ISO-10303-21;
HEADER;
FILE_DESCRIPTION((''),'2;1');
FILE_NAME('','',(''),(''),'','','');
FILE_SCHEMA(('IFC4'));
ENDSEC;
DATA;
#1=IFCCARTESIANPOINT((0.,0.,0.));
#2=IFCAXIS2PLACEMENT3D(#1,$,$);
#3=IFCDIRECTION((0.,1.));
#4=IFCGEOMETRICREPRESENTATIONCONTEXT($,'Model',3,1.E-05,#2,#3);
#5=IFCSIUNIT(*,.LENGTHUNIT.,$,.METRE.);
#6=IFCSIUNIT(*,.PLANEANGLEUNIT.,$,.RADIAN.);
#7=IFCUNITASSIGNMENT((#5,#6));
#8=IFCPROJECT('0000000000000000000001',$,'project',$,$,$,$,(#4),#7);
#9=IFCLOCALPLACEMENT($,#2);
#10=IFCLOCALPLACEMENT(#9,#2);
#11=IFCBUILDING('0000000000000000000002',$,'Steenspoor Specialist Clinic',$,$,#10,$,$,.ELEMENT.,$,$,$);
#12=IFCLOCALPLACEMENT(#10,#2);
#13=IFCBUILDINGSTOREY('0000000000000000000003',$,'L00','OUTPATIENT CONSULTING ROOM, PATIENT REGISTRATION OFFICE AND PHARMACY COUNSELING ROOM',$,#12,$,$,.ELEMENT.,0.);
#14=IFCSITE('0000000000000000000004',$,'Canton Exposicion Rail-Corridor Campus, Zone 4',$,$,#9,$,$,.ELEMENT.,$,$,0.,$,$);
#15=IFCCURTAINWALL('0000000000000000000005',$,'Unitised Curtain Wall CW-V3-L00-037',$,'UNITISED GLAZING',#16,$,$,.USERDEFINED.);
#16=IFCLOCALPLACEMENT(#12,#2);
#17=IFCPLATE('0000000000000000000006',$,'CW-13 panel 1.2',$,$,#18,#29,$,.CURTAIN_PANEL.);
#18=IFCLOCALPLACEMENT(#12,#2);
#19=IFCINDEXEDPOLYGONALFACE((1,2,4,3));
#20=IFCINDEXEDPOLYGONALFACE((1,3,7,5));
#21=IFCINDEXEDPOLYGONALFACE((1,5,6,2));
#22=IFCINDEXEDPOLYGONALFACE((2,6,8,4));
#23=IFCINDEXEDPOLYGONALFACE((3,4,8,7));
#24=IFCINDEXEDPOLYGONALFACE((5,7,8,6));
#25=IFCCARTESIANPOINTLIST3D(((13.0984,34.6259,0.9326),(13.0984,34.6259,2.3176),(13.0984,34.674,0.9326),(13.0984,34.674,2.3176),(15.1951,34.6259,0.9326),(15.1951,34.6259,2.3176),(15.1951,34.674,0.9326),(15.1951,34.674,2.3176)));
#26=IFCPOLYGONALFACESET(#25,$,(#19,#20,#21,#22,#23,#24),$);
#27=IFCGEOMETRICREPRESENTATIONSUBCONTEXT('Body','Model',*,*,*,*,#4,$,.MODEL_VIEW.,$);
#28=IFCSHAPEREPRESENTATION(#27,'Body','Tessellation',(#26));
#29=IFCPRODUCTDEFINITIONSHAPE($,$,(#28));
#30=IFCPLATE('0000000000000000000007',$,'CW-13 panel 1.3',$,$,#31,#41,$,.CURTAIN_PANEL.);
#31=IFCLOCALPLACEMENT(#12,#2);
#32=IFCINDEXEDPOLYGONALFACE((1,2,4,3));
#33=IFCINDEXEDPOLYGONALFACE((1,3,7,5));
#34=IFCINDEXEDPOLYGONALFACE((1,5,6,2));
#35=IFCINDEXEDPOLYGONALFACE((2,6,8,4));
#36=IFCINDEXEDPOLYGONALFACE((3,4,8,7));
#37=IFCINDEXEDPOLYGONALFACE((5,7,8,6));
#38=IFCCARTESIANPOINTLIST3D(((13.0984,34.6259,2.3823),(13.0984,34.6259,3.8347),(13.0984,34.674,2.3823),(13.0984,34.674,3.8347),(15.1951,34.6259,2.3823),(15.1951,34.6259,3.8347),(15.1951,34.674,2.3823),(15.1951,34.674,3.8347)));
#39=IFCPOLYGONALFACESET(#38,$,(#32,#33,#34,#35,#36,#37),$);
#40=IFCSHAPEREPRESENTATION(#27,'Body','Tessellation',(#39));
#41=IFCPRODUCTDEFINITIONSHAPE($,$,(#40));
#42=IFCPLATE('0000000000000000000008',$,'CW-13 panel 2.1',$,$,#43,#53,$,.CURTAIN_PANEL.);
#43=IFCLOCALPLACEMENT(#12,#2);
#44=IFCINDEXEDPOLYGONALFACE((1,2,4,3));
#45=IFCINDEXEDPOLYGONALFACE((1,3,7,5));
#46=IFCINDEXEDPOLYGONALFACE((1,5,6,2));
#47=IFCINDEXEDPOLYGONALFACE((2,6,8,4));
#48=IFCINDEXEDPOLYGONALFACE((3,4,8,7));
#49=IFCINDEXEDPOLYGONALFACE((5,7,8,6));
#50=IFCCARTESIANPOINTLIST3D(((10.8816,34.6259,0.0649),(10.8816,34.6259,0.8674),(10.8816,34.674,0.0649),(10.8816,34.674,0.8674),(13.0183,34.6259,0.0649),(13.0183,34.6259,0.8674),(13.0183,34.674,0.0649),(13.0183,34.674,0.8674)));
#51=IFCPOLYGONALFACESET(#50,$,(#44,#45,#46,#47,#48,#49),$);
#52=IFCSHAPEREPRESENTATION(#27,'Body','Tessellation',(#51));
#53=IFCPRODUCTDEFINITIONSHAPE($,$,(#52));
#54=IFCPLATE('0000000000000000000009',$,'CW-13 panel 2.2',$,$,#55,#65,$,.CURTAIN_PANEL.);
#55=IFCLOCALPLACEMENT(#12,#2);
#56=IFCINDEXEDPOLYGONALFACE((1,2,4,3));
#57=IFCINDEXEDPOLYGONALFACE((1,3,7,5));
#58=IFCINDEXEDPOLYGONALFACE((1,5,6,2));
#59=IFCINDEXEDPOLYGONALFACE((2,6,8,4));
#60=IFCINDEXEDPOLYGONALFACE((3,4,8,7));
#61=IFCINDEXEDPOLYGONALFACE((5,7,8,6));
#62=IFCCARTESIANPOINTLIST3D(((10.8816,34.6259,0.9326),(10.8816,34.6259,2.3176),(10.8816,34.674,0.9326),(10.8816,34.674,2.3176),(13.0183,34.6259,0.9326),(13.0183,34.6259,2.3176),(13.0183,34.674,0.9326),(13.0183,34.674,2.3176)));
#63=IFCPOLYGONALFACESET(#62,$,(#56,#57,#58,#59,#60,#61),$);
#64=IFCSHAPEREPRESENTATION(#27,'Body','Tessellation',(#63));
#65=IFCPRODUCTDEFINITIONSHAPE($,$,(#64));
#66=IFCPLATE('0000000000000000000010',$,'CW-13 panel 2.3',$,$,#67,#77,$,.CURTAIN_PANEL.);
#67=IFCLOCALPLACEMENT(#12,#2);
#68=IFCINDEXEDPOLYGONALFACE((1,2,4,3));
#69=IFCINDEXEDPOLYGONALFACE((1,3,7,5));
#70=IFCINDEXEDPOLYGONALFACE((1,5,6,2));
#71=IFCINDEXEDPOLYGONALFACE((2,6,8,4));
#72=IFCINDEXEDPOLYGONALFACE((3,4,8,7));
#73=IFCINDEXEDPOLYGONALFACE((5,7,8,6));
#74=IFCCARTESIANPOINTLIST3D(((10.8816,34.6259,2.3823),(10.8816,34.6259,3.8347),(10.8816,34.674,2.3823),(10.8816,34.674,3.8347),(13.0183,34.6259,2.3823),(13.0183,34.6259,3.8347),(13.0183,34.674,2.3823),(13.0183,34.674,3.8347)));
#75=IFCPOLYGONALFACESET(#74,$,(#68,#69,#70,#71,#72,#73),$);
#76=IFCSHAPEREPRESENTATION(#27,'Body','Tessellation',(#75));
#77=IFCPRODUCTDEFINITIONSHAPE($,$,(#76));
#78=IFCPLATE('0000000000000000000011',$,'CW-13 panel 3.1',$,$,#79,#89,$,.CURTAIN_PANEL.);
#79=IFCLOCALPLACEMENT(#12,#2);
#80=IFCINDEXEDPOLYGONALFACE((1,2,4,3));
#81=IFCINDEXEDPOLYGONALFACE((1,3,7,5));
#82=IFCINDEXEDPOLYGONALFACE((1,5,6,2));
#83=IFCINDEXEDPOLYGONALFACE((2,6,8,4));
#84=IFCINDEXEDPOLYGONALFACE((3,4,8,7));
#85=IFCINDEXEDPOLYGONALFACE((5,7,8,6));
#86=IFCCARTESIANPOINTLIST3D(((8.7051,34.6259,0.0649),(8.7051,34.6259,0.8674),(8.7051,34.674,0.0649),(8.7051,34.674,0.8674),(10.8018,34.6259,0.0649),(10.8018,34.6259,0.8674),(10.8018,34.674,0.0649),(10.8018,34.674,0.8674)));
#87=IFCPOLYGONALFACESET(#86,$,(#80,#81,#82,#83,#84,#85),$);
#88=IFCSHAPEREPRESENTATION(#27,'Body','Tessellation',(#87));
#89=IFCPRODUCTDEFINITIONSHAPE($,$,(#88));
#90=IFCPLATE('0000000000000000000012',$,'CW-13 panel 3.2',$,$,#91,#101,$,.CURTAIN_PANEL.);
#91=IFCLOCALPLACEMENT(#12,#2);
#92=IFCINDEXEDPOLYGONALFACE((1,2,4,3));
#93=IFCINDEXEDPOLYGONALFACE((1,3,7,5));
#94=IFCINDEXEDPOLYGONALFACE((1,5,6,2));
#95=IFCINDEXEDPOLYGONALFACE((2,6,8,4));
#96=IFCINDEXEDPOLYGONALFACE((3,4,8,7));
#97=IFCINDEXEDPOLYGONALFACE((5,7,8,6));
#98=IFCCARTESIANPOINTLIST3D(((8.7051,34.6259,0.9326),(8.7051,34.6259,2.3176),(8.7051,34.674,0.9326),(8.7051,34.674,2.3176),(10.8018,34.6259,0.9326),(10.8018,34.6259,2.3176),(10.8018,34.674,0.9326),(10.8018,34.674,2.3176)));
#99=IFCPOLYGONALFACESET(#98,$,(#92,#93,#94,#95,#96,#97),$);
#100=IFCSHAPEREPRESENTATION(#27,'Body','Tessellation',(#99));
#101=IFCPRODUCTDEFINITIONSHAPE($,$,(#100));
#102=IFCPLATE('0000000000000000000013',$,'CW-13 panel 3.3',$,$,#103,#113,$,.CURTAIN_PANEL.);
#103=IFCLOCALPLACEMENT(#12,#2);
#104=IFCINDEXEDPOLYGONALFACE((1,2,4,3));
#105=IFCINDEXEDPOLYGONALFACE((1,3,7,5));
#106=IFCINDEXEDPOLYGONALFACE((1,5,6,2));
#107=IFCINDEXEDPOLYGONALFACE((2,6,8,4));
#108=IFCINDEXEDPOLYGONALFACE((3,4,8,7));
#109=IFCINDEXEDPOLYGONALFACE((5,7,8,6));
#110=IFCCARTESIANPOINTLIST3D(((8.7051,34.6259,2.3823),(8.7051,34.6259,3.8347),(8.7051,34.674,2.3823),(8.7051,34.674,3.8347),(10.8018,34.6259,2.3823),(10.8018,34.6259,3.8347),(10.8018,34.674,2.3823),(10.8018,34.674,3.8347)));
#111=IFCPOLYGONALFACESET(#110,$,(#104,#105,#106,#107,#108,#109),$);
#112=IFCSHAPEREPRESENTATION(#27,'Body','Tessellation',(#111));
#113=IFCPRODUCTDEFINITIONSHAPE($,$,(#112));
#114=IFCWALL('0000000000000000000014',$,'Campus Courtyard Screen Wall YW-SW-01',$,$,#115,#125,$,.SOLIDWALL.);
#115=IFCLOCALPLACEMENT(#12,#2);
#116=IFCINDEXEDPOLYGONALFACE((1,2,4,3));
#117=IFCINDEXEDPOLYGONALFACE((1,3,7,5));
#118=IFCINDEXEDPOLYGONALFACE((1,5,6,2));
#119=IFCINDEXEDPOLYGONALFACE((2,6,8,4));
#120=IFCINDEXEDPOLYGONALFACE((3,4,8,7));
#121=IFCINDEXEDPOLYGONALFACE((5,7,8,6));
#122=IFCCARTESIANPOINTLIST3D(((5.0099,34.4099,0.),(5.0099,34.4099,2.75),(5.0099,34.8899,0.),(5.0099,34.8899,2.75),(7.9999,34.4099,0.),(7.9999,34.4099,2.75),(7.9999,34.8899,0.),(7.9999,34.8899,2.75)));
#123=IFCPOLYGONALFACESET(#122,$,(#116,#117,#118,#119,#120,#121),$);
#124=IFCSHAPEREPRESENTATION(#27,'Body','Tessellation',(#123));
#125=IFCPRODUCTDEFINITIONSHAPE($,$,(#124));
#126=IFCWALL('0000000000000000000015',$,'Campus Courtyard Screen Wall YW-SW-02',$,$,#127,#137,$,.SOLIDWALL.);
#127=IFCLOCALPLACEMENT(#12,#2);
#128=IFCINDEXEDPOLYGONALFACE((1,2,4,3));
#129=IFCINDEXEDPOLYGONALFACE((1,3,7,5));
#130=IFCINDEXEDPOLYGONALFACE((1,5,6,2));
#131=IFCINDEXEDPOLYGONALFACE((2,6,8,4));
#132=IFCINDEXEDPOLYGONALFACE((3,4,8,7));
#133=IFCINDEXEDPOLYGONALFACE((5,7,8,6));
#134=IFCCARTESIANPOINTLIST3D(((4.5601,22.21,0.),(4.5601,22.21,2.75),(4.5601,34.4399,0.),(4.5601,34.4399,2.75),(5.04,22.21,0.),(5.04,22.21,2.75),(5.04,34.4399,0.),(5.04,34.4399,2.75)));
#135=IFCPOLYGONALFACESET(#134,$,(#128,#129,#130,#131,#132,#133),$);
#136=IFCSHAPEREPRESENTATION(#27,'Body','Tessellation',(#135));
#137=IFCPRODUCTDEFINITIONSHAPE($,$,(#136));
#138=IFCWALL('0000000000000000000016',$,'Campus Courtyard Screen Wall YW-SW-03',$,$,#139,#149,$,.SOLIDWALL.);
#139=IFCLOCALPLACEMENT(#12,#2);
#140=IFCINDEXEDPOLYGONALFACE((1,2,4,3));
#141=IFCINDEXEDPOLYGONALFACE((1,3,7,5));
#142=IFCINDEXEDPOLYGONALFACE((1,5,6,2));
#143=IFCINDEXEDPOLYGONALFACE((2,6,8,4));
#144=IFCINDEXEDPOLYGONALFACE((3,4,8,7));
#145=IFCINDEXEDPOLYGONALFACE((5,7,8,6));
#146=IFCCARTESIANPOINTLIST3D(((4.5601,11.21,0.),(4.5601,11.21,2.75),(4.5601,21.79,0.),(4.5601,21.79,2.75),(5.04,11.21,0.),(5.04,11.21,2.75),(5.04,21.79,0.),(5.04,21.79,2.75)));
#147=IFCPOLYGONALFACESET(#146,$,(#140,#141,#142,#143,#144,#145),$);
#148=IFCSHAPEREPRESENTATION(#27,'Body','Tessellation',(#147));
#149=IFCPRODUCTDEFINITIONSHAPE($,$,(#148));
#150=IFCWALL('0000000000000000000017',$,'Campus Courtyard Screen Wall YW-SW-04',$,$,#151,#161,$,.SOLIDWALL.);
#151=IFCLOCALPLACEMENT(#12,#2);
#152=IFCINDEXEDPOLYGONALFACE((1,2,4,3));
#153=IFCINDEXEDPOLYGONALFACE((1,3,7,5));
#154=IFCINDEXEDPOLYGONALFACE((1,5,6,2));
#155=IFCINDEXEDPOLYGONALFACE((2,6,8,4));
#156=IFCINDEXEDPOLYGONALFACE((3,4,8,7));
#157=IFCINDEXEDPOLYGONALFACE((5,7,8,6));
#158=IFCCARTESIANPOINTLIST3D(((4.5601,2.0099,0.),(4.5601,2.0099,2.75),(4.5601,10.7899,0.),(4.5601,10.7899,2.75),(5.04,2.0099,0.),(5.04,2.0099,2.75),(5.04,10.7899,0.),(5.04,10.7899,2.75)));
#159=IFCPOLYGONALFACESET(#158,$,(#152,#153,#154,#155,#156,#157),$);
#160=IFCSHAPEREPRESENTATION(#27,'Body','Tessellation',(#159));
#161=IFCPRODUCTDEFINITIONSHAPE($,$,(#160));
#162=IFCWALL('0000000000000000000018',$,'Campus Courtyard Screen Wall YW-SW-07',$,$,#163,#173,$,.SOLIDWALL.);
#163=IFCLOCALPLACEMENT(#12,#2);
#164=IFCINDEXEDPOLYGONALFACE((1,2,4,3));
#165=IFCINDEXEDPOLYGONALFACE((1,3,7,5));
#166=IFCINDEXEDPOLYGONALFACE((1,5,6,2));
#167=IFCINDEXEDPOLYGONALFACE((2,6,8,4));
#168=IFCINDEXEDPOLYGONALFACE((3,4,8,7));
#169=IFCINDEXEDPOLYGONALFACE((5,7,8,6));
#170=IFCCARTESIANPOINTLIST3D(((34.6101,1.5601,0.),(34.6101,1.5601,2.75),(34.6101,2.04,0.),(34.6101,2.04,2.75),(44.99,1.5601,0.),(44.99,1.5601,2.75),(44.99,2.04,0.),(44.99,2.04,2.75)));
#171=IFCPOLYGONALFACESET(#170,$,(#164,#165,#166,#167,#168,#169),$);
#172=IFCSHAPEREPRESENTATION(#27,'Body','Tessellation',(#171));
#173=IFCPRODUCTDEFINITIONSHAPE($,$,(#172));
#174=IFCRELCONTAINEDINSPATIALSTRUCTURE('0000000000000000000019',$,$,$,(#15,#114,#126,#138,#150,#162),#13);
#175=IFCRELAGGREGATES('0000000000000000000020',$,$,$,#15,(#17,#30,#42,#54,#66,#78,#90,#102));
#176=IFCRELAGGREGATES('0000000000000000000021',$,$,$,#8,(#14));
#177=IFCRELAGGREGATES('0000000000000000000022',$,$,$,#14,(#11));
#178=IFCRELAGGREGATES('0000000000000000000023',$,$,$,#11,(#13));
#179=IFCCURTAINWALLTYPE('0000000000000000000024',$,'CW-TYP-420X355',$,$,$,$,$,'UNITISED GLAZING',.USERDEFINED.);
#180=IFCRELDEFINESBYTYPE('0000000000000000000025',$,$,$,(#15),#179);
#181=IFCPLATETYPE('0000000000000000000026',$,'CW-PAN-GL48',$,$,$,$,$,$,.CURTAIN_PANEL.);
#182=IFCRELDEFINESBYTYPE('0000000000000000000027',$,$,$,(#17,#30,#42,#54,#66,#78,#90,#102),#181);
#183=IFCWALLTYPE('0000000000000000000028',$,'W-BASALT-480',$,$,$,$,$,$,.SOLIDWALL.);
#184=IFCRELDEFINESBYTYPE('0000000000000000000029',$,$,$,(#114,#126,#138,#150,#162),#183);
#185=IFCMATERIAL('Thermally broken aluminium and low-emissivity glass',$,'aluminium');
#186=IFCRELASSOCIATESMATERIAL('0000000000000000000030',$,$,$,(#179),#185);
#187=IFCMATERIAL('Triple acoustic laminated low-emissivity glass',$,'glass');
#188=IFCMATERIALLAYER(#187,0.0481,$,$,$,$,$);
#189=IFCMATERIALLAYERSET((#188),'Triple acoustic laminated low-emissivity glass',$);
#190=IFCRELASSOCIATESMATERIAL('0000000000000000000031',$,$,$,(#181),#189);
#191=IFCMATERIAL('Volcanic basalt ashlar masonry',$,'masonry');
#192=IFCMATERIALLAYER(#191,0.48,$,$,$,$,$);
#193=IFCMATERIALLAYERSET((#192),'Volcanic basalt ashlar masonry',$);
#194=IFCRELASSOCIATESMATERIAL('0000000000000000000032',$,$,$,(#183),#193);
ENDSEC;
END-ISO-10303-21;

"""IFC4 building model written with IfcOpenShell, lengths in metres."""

from ifc_helpers import new_model, si_unit, direction, frame, frame_2d, origin, origin_2d, place, context, subcontext, project, spatial, rectangle, extrude, material, layer, layer_set, type_object, element, aggregate, save


model = new_model("IFC4")

# Units and contexts
model_context = context("Model", 3, precision=1e-05, world=origin(), true_north=direction((0.0, 1.0)))
body_context = subcontext(model_context, "Body", "Model", "MODEL_VIEW")
ifc_project = project(units=[si_unit("LENGTHUNIT", "METRE"), si_unit("PLANEANGLEUNIT", "RADIAN")], contexts=[model_context])

# Site, building, storey
site_placement = place(None, origin())
site = spatial("IfcSite", under=ifc_project, at=site_placement, Name="Canton Exposicion Rail-Corridor Campus, Zone 4", CompositionType="ELEMENT", RefElevation=0.0)
building_placement = place(site_placement, origin())
building = spatial("IfcBuilding", under=site, at=building_placement, Name="Steenspoor Specialist Clinic", CompositionType="ELEMENT")
storey_placement = place(building_placement, origin())
storey = spatial("IfcBuildingStorey", under=building, at=storey_placement, Name="L00", Description="OUTPATIENT CONSULTING ROOM, PATIENT REGISTRATION OFFICE AND PHARMACY COUNSELING ROOM", CompositionType="ELEMENT", Elevation=0.0)

# Curtain wall
ifc_material_1 = material(Name="Thermally broken aluminium and low-emissivity glass", Category="aluminium")
curtain_wall_type = type_object("IfcCurtainWallType", Name="CW-TYP-420X355", ElementType="UNITISED GLAZING", PredefinedType="USERDEFINED", material=ifc_material_1)
curtain_wall_placement = place(storey_placement, origin())
curtain_wall = element("IfcCurtainWall", 1, at=curtain_wall_placement, inside=storey, type_object=curtain_wall_type, Name="Unitised Curtain Wall CW-V3-L00-037", ObjectType="UNITISED GLAZING", PredefinedType="USERDEFINED")

# Plates
ifc_material_2 = material(Name="Triple acoustic laminated low-emissivity glass", Category="glass")
ifc_layer_1 = layer(ifc_material_2, 0.0481)
ifc_layer_set_1 = layer_set([ifc_layer_1], Name="Triple acoustic laminated low-emissivity glass")
plate_type = type_object("IfcPlateType", Name="CW-PAN-GL48", PredefinedType="CURTAIN_PANEL", material=ifc_layer_set_1)
plate_1_placement = place(storey_placement, frame((14.1467, 34.6499, 0.9326), z_axis=(0.0, 0.0, 1.0), x_axis=(-1.0, 0.0, 0.0)))
plate_1 = element("IfcPlate", 2, at=plate_1_placement, type_object=plate_type, Name="CW-13 panel 1.2", PredefinedType="CURTAIN_PANEL", context=body_context, shape_type="SweptSolid", body=[
    extrude(rectangle(XDim=2.0967, YDim=0.0481, at=origin_2d()), origin(), (0.0, 0.0, 1.0), 1.385),
])
plate_2_placement = place(storey_placement, frame((14.1467, 34.6499, 2.3823), z_axis=(0.0, 0.0, 1.0), x_axis=(-1.0, 0.0, 0.0)))
plate_2 = element("IfcPlate", 3, at=plate_2_placement, type_object=plate_type, Name="CW-13 panel 1.3", PredefinedType="CURTAIN_PANEL", context=body_context, shape_type="SweptSolid", body=[
    extrude(rectangle(XDim=2.0967, YDim=0.0481, at=origin_2d()), origin(), (0.0, 0.0, 1.0), 1.4524),
])
plate_3_placement = place(storey_placement, frame((11.95, 34.6499, 0.0649), z_axis=(0.0, 0.0, 1.0), x_axis=(-1.0, 0.0, 0.0)))
plate_3 = element("IfcPlate", 4, at=plate_3_placement, type_object=plate_type, Name="CW-13 panel 2.1", PredefinedType="CURTAIN_PANEL", context=body_context, shape_type="SweptSolid", body=[
    extrude(rectangle(XDim=2.1367, YDim=0.0481, at=origin_2d()), origin(), (0.0, 0.0, 1.0), 0.8025),
])
plate_4_placement = place(storey_placement, frame((11.95, 34.6499, 0.9326), z_axis=(0.0, 0.0, 1.0), x_axis=(-1.0, 0.0, 0.0)))
plate_4 = element("IfcPlate", 5, at=plate_4_placement, type_object=plate_type, Name="CW-13 panel 2.2", PredefinedType="CURTAIN_PANEL", context=body_context, shape_type="SweptSolid", body=[
    extrude(rectangle(XDim=2.1367, YDim=0.0481, at=origin_2d()), origin(), (0.0, 0.0, 1.0), 1.385),
])
plate_5_placement = place(storey_placement, frame((11.95, 34.6499, 2.3823), z_axis=(0.0, 0.0, 1.0), x_axis=(-1.0, 0.0, 0.0)))
plate_5 = element("IfcPlate", 6, at=plate_5_placement, type_object=plate_type, Name="CW-13 panel 2.3", PredefinedType="CURTAIN_PANEL", context=body_context, shape_type="SweptSolid", body=[
    extrude(rectangle(XDim=2.1367, YDim=0.0481, at=origin_2d()), origin(), (0.0, 0.0, 1.0), 1.4524),
])
plate_6_placement = place(storey_placement, frame((9.7534, 34.6499, 0.0649), z_axis=(0.0, 0.0, 1.0), x_axis=(-1.0, 0.0, 0.0)))
plate_6 = element("IfcPlate", 7, at=plate_6_placement, type_object=plate_type, Name="CW-13 panel 3.1", PredefinedType="CURTAIN_PANEL", context=body_context, shape_type="SweptSolid", body=[
    extrude(rectangle(XDim=2.0967, YDim=0.0481, at=origin_2d()), origin(), (0.0, 0.0, 1.0), 0.8025),
])
plate_7_placement = place(storey_placement, frame((9.7534, 34.6499, 0.9326), z_axis=(0.0, 0.0, 1.0), x_axis=(-1.0, 0.0, 0.0)))
plate_7 = element("IfcPlate", 8, at=plate_7_placement, type_object=plate_type, Name="CW-13 panel 3.2", PredefinedType="CURTAIN_PANEL", context=body_context, shape_type="SweptSolid", body=[
    extrude(rectangle(XDim=2.0967, YDim=0.0481, at=origin_2d()), origin(), (0.0, 0.0, 1.0), 1.385),
])
plate_8_placement = place(storey_placement, frame((9.7534, 34.6499, 2.3823), z_axis=(0.0, 0.0, 1.0), x_axis=(-1.0, 0.0, 0.0)))
plate_8 = element("IfcPlate", 9, at=plate_8_placement, type_object=plate_type, Name="CW-13 panel 3.3", PredefinedType="CURTAIN_PANEL", context=body_context, shape_type="SweptSolid", body=[
    extrude(rectangle(XDim=2.0967, YDim=0.0481, at=origin_2d()), origin(), (0.0, 0.0, 1.0), 1.4524),
])
aggregate(curtain_wall, [plate_1, plate_2, plate_3, plate_4, plate_5, plate_6, plate_7, plate_8])

# Walls
ifc_material_3 = material(Name="Volcanic basalt ashlar masonry", Category="masonry")
ifc_layer_2 = layer(ifc_material_3, 0.48)
ifc_layer_set_2 = layer_set([ifc_layer_2], Name="Volcanic basalt ashlar masonry")
wall_type = type_object("IfcWallType", Name="W-BASALT-480", PredefinedType="SOLIDWALL", material=ifc_layer_set_2)
wall_1_placement = place(storey_placement, frame((8.0, 34.6499, 0.0), z_axis=(0.0, 0.0, 1.0), x_axis=(-1.0, 0.0, 0.0)))
element("IfcWall", 10, at=wall_1_placement, inside=storey, type_object=wall_type, Name="Campus Courtyard Screen Wall YW-SW-01", PredefinedType="SOLIDWALL", context=body_context, shape_type="SweptSolid", body=[
    extrude(rectangle(XDim=2.99, YDim=0.48, at=frame_2d((1.4951, 0.0))), origin(), (0.0, 0.0, 1.0), 2.75),
])
wall_2_placement = place(storey_placement, frame((4.8, 34.4399, 0.0), z_axis=(0.0, 0.0, 1.0), x_axis=(0.0, -1.0, 0.0)))
element("IfcWall", 11, at=wall_2_placement, inside=storey, type_object=wall_type, Name="Campus Courtyard Screen Wall YW-SW-02", PredefinedType="SOLIDWALL", context=body_context, shape_type="SweptSolid", body=[
    extrude(rectangle(XDim=12.23, YDim=0.48, at=frame_2d((6.115, 0.0))), origin(), (0.0, 0.0, 1.0), 2.75),
])
wall_3_placement = place(storey_placement, frame((4.8, 21.79, 0.0), z_axis=(0.0, 0.0, 1.0), x_axis=(0.0, -1.0, 0.0)))
element("IfcWall", 12, at=wall_3_placement, inside=storey, type_object=wall_type, Name="Campus Courtyard Screen Wall YW-SW-03", PredefinedType="SOLIDWALL", context=body_context, shape_type="SweptSolid", body=[
    extrude(rectangle(XDim=10.5801, YDim=0.48, at=frame_2d((5.29, 0.0))), origin(), (0.0, 0.0, 1.0), 2.75),
])
wall_4_placement = place(storey_placement, frame((4.8, 10.79, 0.0), z_axis=(0.0, 0.0, 1.0), x_axis=(0.0, -1.0, 0.0)))
element("IfcWall", 13, at=wall_4_placement, inside=storey, type_object=wall_type, Name="Campus Courtyard Screen Wall YW-SW-04", PredefinedType="SOLIDWALL", context=body_context, shape_type="SweptSolid", body=[
    extrude(rectangle(XDim=8.78, YDim=0.48, at=frame_2d((4.3901, 0.0))), origin(), (0.0, 0.0, 1.0), 2.75),
])
wall_5_placement = place(storey_placement, frame((34.6101, 1.8, 0.0), z_axis=(0.0, 0.0, 1.0), x_axis=(1.0, 0.0, 0.0)))
element("IfcWall", 14, at=wall_5_placement, inside=storey, type_object=wall_type, Name="Campus Courtyard Screen Wall YW-SW-07", PredefinedType="SOLIDWALL", context=body_context, shape_type="SweptSolid", body=[
    extrude(rectangle(XDim=10.3799, YDim=0.48, at=frame_2d((5.1899, 0.0))), origin(), (0.0, 0.0, 1.0), 2.75),
])

save(model, "model.ifc")
